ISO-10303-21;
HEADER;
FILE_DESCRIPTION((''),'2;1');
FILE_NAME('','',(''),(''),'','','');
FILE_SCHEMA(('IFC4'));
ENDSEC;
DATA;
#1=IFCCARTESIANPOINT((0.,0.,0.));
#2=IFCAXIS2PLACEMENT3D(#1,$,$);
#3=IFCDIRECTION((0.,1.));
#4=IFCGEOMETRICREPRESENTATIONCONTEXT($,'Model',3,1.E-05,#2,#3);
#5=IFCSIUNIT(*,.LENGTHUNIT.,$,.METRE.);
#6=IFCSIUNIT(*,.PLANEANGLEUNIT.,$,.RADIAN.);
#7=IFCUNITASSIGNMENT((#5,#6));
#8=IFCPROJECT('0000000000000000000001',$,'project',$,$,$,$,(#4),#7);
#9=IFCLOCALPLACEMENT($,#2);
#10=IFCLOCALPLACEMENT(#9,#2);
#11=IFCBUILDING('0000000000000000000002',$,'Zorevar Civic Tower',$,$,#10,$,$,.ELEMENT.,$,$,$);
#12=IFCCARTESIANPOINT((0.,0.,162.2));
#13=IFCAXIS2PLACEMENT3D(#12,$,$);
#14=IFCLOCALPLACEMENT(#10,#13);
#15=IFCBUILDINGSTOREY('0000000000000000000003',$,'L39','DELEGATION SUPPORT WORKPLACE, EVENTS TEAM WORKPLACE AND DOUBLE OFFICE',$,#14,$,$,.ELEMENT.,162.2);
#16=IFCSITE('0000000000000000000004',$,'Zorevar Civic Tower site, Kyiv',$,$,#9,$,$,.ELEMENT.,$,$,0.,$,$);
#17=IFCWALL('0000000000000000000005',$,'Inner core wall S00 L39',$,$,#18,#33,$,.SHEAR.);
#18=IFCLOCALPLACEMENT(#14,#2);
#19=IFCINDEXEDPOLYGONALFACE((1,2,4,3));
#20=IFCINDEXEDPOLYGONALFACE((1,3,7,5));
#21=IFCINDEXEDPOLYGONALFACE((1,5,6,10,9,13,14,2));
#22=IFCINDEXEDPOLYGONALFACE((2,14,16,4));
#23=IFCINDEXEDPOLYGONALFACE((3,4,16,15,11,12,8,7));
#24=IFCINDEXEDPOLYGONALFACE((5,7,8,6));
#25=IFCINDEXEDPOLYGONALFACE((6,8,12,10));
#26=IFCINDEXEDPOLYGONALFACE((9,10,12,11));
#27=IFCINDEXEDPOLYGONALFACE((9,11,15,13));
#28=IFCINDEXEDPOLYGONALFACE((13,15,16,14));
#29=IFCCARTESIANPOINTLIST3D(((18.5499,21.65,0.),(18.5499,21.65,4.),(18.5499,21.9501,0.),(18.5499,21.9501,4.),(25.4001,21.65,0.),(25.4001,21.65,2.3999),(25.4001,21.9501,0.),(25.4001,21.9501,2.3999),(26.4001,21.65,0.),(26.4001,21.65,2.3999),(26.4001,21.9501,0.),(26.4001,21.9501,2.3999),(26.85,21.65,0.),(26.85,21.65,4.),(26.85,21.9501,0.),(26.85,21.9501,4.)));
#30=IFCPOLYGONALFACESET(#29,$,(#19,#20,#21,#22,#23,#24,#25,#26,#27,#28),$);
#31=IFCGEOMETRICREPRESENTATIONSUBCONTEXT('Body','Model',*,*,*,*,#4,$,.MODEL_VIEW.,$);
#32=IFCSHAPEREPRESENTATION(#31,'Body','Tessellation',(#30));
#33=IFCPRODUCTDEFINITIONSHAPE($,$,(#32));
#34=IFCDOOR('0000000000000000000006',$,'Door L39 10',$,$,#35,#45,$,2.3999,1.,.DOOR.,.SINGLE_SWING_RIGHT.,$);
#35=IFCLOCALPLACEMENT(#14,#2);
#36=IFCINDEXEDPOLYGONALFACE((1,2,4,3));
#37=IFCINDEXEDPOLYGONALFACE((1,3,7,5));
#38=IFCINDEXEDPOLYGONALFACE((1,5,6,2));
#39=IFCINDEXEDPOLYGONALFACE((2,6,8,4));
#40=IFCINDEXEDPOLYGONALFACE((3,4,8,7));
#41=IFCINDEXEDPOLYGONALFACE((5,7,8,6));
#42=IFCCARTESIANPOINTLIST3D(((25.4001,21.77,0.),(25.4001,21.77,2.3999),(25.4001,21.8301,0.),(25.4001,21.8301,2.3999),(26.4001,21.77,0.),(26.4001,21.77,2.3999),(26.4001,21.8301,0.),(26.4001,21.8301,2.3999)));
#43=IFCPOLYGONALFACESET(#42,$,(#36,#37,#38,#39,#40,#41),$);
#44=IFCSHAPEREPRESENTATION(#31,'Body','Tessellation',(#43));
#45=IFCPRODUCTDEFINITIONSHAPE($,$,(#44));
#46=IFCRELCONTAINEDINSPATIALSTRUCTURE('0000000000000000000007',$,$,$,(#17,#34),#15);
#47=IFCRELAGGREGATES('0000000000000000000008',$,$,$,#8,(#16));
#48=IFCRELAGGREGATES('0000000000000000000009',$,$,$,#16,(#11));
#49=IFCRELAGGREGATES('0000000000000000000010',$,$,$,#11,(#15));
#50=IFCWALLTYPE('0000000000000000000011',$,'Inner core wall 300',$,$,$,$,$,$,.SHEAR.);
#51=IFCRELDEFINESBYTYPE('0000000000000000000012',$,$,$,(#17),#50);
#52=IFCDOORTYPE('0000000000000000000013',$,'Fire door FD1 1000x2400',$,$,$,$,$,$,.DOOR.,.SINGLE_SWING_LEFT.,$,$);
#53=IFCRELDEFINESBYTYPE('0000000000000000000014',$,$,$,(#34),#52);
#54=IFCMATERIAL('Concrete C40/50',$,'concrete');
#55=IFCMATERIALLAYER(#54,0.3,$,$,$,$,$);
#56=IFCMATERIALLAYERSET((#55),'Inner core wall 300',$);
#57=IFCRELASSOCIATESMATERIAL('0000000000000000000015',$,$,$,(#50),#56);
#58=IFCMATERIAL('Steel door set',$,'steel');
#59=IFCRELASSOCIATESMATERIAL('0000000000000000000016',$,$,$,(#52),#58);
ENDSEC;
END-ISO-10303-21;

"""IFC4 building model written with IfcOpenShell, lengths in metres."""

from ifc_helpers import new_model, si_unit, direction, frame, frame_2d, origin, place, context, subcontext, project, spatial, rectangle, extrude, material, layer, layer_set, type_object, element, fill, save


model = new_model("IFC4")

# Units and contexts
model_context = context("Model", 3, precision=1e-05, world=origin(), true_north=direction((0.0, 1.0)))
body_context = subcontext(model_context, "Body", "Model", "MODEL_VIEW")
ifc_project = project(units=[si_unit("LENGTHUNIT", "METRE"), si_unit("PLANEANGLEUNIT", "RADIAN")], contexts=[model_context])

# Site, building, storey
site_placement = place(None, origin())
site = spatial("IfcSite", under=ifc_project, at=site_placement, Name="Zorevar Civic Tower site, Kyiv", CompositionType="ELEMENT", RefElevation=0.0)
building_placement = place(site_placement, origin())
building = spatial("IfcBuilding", under=site, at=building_placement, Name="Zorevar Civic Tower", CompositionType="ELEMENT")
storey_placement = place(building_placement, frame((0.0, 0.0, 162.2)))
storey = spatial("IfcBuildingStorey", under=building, at=storey_placement, Name="L39", Description="DELEGATION SUPPORT WORKPLACE, EVENTS TEAM WORKPLACE AND DOUBLE OFFICE", CompositionType="ELEMENT", Elevation=162.2)

# Wall, opening, door
ifc_material_1 = material(Name="Concrete C40/50", Category="concrete")
ifc_layer_1 = layer(ifc_material_1, 0.3)
ifc_layer_set_1 = layer_set([ifc_layer_1], Name="Inner core wall 300")
wall_type_1 = type_object("IfcWallType", Name="Inner core wall 300", PredefinedType="SHEAR", material=ifc_layer_set_1)
wall_1_placement = place(storey_placement, frame((18.55, 21.8, 0.0), z_axis=(0.0, 0.0, 1.0), x_axis=(1.0, 0.0, 0.0)))
wall_1 = element("IfcWall", 1, at=wall_1_placement, inside=storey, type_object=wall_type_1, Name="Inner core wall S00 L39", PredefinedType="SHEAR", context=body_context, shape_type="SweptSolid", body=[
    extrude(rectangle(XDim=8.3, YDim=0.3, at=frame_2d((4.1499, 0.0))), origin(), (0.0, 0.0, 1.0), 4.0),
])
opening_1_placement = place(wall_1_placement, frame((6.8501, 0.0, 0.0)))
opening_1 = element("IfcOpeningElement", 2, at=opening_1_placement, cuts=wall_1, PredefinedType="OPENING", context=body_context, shape_type="SweptSolid", body=[
    extrude(rectangle(XDim=1.0, YDim=2.3999, at=frame_2d((0.5, 1.2))), frame((0.0, 0.1599, 0.0), z_axis=(0.0, -1.0, 0.0), x_axis=(1.0, 0.0, 0.0)), (0.0, 0.0, 1.0), 0.3201),
])
ifc_material_2 = material(Name="Steel door set", Category="steel")
door_type_1 = type_object("IfcDoorType", Name="Fire door FD1 1000x2400", OperationType="SINGLE_SWING_LEFT", PredefinedType="DOOR", material=ifc_material_2)
door_1_placement = place(opening_1_placement, origin())
door_1 = element("IfcDoor", 3, at=door_1_placement, inside=storey, type_object=door_type_1, Name="Door L39 10", OperationType="SINGLE_SWING_RIGHT", OverallHeight=2.3999, OverallWidth=1.0, PredefinedType="DOOR", context=body_context, shape_type="SweptSolid", body=[
    extrude(rectangle(XDim=1.0, YDim=2.3999, at=frame_2d((0.5, 1.2))), frame((0.0, 0.03, 0.0), z_axis=(0.0, -1.0, 0.0), x_axis=(1.0, 0.0, 0.0)), (0.0, 0.0, 1.0), 0.0601),
])
fill(opening_1, door_1)

save(model, "model.ifc")
